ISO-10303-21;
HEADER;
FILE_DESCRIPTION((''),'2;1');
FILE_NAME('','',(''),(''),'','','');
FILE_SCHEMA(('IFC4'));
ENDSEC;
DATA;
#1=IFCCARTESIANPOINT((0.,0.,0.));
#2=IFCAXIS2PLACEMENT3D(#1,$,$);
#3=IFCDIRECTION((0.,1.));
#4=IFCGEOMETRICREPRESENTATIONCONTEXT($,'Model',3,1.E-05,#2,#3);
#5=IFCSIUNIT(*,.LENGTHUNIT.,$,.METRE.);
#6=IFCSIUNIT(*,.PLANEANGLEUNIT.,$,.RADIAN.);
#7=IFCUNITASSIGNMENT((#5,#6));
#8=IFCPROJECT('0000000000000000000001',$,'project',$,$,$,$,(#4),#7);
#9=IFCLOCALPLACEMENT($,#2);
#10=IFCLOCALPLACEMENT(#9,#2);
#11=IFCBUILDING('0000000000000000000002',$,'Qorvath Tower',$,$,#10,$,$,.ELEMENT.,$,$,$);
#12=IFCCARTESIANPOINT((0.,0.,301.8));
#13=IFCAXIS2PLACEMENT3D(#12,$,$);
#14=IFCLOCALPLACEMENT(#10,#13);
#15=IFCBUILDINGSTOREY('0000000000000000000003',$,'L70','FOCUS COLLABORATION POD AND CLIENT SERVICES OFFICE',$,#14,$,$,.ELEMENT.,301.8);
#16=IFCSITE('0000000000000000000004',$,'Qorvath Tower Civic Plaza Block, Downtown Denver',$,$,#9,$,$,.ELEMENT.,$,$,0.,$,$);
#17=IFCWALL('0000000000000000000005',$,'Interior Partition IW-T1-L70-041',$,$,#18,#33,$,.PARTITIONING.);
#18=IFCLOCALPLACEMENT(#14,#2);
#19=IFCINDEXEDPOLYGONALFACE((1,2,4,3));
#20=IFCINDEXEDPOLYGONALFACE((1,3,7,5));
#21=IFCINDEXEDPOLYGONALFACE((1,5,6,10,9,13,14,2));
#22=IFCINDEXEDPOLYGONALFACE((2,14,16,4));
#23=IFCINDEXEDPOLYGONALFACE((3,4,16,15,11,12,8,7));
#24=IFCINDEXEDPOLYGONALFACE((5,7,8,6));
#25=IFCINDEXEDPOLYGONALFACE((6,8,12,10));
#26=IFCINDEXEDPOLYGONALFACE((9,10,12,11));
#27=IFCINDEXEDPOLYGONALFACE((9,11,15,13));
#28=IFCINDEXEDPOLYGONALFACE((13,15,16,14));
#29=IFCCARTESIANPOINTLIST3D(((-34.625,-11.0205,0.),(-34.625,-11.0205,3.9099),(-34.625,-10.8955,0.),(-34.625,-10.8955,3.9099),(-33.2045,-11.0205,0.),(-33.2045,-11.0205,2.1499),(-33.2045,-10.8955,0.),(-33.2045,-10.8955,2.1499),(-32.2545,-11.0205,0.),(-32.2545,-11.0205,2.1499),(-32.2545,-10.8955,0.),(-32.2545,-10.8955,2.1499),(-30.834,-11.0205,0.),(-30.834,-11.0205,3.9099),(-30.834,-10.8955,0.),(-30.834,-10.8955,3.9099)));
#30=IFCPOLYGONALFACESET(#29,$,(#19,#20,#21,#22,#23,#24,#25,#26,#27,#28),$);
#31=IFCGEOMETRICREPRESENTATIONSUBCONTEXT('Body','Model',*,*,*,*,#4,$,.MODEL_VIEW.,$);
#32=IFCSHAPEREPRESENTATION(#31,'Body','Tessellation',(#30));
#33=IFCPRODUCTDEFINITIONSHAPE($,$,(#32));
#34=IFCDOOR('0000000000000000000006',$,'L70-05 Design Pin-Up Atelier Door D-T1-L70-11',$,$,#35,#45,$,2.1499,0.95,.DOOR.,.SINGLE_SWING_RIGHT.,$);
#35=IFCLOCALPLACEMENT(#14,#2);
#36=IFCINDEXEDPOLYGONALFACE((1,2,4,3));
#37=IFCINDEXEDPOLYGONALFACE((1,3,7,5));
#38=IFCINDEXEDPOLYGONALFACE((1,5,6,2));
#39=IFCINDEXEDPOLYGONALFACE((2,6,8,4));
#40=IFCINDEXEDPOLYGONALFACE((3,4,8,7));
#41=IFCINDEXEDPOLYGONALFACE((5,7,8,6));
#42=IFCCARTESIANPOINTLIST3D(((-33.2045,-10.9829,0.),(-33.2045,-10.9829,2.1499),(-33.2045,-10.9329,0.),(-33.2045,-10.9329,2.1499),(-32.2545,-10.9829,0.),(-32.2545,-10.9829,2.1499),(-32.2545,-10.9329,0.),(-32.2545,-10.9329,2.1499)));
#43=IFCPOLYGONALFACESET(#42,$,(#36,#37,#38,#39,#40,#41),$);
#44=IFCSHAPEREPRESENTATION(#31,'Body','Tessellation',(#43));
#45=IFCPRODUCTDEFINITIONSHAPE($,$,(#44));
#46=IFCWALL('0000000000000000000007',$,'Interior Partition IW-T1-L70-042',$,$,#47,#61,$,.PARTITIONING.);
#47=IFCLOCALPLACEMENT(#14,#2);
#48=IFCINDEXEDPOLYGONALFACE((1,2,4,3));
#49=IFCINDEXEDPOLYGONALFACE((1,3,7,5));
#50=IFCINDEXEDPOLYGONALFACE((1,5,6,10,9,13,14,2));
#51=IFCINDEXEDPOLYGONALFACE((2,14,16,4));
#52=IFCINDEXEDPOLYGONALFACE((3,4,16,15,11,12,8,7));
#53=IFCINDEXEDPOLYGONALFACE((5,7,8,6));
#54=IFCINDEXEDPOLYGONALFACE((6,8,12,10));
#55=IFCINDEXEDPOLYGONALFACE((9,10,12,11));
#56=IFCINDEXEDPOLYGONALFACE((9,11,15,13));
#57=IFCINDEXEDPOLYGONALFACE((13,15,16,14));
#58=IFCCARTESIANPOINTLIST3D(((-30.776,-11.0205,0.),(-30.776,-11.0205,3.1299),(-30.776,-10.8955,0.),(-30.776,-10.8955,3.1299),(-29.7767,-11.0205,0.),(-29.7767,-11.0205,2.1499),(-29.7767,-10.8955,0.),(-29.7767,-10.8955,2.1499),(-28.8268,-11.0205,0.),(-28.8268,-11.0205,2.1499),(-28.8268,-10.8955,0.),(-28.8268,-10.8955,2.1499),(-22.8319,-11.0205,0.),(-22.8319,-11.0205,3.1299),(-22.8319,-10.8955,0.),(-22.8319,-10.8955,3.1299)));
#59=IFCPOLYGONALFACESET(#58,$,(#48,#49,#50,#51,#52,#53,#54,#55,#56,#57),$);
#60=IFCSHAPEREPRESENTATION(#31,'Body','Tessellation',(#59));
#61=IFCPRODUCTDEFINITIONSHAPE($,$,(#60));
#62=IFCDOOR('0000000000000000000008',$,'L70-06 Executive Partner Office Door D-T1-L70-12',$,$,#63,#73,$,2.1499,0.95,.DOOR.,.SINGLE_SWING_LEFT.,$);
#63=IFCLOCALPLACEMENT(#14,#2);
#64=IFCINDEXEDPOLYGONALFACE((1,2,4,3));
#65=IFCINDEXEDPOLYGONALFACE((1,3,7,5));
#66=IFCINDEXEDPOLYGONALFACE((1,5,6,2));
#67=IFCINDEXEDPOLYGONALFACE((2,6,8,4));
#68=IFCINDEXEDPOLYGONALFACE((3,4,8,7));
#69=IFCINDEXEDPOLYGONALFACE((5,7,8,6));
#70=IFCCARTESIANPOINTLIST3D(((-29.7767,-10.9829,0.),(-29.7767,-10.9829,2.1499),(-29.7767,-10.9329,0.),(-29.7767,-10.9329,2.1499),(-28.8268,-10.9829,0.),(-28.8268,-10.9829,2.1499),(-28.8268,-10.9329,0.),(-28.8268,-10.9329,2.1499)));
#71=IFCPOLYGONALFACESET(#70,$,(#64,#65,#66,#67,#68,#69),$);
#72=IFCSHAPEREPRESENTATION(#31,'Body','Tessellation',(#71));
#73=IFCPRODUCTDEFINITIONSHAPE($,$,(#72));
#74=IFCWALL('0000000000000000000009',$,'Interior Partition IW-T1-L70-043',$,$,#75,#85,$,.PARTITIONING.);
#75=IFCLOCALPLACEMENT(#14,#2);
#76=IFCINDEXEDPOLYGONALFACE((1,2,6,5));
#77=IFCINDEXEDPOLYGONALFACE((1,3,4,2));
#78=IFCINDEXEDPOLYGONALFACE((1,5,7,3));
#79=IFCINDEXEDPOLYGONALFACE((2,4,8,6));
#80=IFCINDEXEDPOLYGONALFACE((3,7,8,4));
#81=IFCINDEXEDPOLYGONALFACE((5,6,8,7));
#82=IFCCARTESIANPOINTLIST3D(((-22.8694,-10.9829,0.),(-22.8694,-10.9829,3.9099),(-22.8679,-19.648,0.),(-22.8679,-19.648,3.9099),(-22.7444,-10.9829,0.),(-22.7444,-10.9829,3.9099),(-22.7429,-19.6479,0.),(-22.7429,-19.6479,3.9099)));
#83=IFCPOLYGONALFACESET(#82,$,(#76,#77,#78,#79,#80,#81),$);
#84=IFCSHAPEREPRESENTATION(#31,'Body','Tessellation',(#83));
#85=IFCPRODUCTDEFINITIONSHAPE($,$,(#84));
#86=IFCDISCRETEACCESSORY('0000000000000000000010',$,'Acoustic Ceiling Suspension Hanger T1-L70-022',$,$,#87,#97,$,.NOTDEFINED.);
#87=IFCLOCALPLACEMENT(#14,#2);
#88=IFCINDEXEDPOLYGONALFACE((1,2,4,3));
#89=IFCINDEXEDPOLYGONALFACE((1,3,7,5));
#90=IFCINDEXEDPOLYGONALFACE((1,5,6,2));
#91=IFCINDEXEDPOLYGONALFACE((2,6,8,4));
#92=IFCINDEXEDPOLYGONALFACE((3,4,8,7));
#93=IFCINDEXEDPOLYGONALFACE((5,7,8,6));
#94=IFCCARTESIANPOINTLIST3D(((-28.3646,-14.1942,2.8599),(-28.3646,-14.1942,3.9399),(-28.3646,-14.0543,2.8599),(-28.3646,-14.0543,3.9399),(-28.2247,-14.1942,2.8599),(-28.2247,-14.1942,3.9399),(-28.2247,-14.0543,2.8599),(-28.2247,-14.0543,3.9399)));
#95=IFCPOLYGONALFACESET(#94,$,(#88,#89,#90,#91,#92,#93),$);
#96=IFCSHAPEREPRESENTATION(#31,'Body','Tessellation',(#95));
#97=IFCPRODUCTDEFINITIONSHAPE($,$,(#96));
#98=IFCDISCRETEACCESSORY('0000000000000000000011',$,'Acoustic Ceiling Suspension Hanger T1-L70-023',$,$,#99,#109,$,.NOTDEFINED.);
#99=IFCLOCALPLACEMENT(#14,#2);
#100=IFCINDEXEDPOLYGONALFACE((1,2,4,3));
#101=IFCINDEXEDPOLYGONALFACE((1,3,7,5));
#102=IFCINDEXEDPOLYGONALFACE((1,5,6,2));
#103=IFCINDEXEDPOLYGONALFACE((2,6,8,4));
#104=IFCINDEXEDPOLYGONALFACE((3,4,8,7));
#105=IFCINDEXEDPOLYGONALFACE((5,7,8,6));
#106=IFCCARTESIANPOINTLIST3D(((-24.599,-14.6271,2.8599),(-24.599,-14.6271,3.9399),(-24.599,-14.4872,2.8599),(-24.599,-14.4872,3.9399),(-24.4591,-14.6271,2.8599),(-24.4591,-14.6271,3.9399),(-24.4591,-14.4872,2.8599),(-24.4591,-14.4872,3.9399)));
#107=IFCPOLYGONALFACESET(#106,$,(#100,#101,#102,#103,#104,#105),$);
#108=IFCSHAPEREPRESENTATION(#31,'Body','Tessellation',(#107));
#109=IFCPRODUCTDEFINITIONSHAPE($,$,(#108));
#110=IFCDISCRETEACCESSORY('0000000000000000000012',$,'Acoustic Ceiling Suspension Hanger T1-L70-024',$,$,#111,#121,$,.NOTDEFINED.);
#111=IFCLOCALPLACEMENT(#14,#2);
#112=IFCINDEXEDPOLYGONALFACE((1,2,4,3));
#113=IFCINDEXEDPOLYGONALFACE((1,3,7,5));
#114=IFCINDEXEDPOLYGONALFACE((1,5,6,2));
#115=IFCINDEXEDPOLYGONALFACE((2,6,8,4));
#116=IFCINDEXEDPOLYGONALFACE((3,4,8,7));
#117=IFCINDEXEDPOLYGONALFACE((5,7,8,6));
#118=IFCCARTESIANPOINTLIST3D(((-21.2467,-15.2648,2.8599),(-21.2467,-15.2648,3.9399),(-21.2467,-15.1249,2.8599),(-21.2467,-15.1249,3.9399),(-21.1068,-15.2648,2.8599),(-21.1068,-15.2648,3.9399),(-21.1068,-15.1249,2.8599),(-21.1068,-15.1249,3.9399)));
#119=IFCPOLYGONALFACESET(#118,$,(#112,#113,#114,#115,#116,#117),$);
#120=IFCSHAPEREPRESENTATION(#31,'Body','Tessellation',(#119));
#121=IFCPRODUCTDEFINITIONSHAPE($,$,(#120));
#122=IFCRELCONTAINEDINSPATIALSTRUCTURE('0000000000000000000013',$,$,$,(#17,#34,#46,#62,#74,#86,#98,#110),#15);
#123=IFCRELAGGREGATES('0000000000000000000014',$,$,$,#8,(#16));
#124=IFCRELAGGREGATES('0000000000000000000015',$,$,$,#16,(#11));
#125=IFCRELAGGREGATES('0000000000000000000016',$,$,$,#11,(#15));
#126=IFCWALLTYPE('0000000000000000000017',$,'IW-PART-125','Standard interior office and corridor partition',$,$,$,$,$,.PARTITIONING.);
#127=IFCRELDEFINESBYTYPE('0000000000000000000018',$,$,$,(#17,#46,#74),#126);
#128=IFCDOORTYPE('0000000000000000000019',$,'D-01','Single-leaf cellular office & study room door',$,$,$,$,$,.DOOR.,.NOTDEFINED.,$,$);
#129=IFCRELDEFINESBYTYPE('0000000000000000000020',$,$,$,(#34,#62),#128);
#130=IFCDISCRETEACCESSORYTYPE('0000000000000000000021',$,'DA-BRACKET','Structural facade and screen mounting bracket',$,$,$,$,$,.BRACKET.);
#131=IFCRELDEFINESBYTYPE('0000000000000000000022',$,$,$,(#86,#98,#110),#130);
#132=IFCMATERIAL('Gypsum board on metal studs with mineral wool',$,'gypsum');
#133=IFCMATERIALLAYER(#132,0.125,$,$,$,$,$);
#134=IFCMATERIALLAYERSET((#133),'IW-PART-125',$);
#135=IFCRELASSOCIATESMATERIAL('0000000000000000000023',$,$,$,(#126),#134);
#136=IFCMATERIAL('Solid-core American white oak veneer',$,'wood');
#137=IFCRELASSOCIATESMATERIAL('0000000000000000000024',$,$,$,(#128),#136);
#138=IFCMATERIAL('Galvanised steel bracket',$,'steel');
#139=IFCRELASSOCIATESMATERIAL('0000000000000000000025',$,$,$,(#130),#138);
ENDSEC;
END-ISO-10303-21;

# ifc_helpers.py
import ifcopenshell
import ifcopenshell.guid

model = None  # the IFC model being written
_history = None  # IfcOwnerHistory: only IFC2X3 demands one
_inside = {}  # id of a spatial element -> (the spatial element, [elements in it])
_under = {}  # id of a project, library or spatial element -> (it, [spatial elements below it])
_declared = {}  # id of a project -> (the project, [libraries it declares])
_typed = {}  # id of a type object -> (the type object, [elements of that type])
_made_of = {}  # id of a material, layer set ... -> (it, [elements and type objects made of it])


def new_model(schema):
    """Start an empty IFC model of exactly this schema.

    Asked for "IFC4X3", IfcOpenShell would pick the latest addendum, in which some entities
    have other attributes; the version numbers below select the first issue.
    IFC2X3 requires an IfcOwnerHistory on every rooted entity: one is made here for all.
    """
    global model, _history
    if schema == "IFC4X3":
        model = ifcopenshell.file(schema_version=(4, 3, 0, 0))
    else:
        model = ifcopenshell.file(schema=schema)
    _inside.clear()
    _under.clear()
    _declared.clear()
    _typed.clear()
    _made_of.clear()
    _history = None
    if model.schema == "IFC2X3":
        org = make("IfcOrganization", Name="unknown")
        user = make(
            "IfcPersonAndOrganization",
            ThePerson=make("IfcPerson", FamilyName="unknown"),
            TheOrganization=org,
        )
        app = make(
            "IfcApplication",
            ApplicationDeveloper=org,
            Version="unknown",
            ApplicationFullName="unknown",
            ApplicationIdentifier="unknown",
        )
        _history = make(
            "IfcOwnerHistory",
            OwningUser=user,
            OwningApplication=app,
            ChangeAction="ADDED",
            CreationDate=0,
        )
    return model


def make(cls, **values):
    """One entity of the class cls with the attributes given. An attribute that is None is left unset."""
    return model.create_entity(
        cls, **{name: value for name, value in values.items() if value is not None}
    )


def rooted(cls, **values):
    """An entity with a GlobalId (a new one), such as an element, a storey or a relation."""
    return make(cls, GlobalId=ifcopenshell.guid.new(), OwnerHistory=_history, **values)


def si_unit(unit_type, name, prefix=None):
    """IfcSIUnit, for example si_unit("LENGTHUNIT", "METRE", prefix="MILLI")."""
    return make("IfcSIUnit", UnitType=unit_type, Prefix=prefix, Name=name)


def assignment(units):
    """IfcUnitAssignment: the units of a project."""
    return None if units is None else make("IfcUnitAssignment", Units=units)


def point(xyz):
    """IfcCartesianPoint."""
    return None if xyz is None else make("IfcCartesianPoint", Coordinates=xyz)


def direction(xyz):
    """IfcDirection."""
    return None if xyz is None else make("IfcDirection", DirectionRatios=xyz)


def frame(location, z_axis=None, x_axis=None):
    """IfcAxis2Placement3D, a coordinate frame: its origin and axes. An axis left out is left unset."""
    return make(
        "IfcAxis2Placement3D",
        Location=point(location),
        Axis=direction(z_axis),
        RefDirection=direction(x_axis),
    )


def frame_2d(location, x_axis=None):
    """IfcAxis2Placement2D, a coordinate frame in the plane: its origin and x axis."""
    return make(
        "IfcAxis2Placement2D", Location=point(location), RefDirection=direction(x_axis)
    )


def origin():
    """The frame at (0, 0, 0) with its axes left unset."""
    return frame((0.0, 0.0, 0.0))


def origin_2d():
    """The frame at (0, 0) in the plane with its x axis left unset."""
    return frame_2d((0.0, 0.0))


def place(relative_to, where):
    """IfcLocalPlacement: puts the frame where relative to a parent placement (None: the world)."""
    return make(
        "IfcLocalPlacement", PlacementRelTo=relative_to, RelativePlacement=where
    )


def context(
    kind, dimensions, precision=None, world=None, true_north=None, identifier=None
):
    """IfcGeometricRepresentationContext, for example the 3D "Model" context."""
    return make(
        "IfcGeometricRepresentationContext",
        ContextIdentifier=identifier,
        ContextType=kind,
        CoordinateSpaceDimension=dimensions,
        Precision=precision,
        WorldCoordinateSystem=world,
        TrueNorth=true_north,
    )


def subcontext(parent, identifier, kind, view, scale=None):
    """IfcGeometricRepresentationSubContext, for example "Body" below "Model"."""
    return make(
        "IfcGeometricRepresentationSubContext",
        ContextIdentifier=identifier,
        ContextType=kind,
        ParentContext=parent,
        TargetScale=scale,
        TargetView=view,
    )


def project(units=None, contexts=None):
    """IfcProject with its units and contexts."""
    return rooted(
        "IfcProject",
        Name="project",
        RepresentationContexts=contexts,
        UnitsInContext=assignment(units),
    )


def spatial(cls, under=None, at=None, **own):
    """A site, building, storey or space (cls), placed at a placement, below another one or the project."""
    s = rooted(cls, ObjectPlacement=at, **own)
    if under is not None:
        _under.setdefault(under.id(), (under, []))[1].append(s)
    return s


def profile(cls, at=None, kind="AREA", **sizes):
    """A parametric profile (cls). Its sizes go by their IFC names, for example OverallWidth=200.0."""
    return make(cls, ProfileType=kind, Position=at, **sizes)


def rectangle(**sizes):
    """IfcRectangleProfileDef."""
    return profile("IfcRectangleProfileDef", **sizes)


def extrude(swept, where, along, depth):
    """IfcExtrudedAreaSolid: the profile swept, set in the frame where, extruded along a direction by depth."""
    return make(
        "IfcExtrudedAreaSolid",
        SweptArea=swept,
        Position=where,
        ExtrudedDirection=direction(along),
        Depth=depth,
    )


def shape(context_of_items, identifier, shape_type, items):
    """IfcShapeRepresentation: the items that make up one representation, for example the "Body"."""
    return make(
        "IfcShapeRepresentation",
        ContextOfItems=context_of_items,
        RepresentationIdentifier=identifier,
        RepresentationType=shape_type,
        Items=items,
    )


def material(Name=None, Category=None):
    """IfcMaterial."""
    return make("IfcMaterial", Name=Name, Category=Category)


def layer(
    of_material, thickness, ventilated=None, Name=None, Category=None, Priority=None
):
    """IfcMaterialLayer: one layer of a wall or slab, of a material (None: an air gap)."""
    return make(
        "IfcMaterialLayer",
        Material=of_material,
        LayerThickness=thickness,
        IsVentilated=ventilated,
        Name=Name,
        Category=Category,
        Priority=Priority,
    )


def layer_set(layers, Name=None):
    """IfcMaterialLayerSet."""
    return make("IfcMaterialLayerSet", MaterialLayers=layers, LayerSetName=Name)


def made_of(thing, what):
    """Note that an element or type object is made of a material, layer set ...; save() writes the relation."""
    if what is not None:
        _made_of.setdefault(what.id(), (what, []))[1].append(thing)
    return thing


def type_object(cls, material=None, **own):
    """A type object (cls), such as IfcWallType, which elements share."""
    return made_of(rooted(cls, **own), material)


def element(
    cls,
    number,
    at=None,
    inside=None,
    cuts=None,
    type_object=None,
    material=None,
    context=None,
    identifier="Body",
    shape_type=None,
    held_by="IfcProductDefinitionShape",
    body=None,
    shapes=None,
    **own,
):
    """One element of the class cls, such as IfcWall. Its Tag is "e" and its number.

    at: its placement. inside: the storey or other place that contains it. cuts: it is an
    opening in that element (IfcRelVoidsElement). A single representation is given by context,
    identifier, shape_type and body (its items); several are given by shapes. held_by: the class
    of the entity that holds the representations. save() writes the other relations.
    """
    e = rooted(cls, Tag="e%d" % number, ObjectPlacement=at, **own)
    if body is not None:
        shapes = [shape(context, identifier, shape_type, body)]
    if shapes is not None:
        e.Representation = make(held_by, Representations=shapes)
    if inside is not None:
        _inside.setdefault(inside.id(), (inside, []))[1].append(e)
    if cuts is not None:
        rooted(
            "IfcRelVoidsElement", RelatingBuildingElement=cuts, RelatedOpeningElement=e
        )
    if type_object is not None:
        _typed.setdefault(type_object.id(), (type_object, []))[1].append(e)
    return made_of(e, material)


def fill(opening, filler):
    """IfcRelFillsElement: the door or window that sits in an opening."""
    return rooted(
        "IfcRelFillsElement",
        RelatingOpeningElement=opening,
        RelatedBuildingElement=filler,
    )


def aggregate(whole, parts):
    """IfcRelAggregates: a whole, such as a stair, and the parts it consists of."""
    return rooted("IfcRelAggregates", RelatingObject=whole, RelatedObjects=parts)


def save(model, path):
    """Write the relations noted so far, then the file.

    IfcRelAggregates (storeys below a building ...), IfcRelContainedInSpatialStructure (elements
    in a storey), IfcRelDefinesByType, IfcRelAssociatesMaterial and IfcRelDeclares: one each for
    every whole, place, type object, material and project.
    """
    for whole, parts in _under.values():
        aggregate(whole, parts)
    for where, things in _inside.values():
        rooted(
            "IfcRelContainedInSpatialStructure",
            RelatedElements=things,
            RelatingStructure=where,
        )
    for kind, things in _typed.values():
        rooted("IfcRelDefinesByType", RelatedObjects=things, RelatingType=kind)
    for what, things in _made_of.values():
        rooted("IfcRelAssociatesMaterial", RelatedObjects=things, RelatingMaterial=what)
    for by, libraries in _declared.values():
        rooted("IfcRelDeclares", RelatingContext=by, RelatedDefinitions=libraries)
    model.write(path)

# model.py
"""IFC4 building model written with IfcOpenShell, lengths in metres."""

from ifc_helpers import new_model, si_unit, direction, frame, frame_2d, origin, origin_2d, place, context, subcontext, project, spatial, rectangle, extrude, material, layer, layer_set, type_object, element, fill, save


model = new_model("IFC4")

# Units and contexts
model_context = context("Model", 3, precision=1e-05, world=origin(), true_north=direction((0.0, 1.0)))
body_context = subcontext(model_context, "Body", "Model", "MODEL_VIEW")
ifc_project = project(units=[si_unit("LENGTHUNIT", "METRE"), si_unit("PLANEANGLEUNIT", "RADIAN")], contexts=[model_context])

# Site, building, storey
site_placement = place(None, origin())
site = spatial("IfcSite", under=ifc_project, at=site_placement, Name="Qorvath Tower Civic Plaza Block, Downtown Denver", CompositionType="ELEMENT", RefElevation=0.0)
building_placement = place(site_placement, origin())
building = spatial("IfcBuilding", under=site, at=building_placement, Name="Qorvath Tower", CompositionType="ELEMENT")
storey_placement = place(building_placement, frame((0.0, 0.0, 301.8)))
storey = spatial("IfcBuildingStorey", under=building, at=storey_placement, Name="L70", Description="FOCUS COLLABORATION POD AND CLIENT SERVICES OFFICE", CompositionType="ELEMENT", Elevation=301.8)

# Shared definitions
ifc_material_1 = material(Name="Gypsum board on metal studs with mineral wool", Category="gypsum")
ifc_layer_1 = layer(ifc_material_1, 0.125)
ifc_layer_set_1 = layer_set([ifc_layer_1], Name="IW-PART-125")
wall_type_1 = type_object("IfcWallType", Name="IW-PART-125", Description="Standard interior office and corridor partition", PredefinedType="PARTITIONING", material=ifc_layer_set_1)

# Walls, openings, doors
wall_1_placement = place(storey_placement, frame((-30.834, -10.958, 0.0), z_axis=(0.0, 0.0, 1.0), x_axis=(-1.0, 0.0, 0.0)))
wall_1 = element("IfcWall", 1, at=wall_1_placement, inside=storey, type_object=wall_type_1, Name="Interior Partition IW-T1-L70-041", PredefinedType="PARTITIONING", context=body_context, shape_type="SweptSolid", body=[
    extrude(rectangle(XDim=3.791, YDim=0.125, at=frame_2d((1.8955, 0.0))), origin(), (0.0, 0.0, 1.0), 3.9099),
])
opening_1_placement = place(wall_1_placement, frame((1.4204, 0.0, 0.0)))
opening_1 = element("IfcOpeningElement", 2, at=opening_1_placement, cuts=wall_1, PredefinedType="OPENING", context=body_context, shape_type="SweptSolid", body=[
    extrude(rectangle(XDim=0.95, YDim=2.1499, at=frame_2d((0.4751, 1.075))), frame((0.0, 0.0725, 0.0), z_axis=(0.0, -1.0, 0.0), x_axis=(1.0, 0.0, 0.0)), (0.0, 0.0, 1.0), 0.145),
])
ifc_material_2 = material(Name="Solid-core American white oak veneer", Category="wood")
door_type_1 = type_object("IfcDoorType", Name="D-01", Description="Single-leaf cellular office & study room door", OperationType="NOTDEFINED", PredefinedType="DOOR", material=ifc_material_2)
door_1_placement = place(opening_1_placement, origin())
door_1 = element("IfcDoor", 3, at=door_1_placement, inside=storey, type_object=door_type_1, Name="L70-05 Design Pin-Up Atelier Door D-T1-L70-11", OperationType="SINGLE_SWING_RIGHT", OverallHeight=2.1499, OverallWidth=0.95, PredefinedType="DOOR", context=body_context, shape_type="SweptSolid", body=[
    extrude(rectangle(XDim=0.95, YDim=2.1499, at=frame_2d((0.4751, 1.075))), frame((0.0, 0.0249, 0.0), z_axis=(0.0, -1.0, 0.0), x_axis=(1.0, 0.0, 0.0)), (0.0, 0.0, 1.0), 0.05),
])
fill(opening_1, door_1)
wall_2_placement = place(storey_placement, frame((-22.8318, -10.958, 0.0), z_axis=(0.0, 0.0, 1.0), x_axis=(-1.0, 0.0, 0.0)))
wall_2 = element("IfcWall", 4, at=wall_2_placement, inside=storey, type_object=wall_type_1, Name="Interior Partition IW-T1-L70-042", PredefinedType="PARTITIONING", context=body_context, shape_type="SweptSolid", body=[
    extrude(rectangle(XDim=7.9441, YDim=0.125, at=frame_2d((3.9722, 0.0))), origin(), (0.0, 0.0, 1.0), 3.1299),
])
opening_2_placement = place(wall_2_placement, frame((5.9949, 0.0, 0.0)))
opening_2 = element("IfcOpeningElement", 5, at=opening_2_placement, cuts=wall_2, PredefinedType="OPENING", context=body_context, shape_type="SweptSolid", body=[
    extrude(rectangle(XDim=0.95, YDim=2.1499, at=frame_2d((0.4751, 1.075))), frame((0.0, 0.0725, 0.0), z_axis=(0.0, -1.0, 0.0), x_axis=(1.0, 0.0, 0.0)), (0.0, 0.0, 1.0), 0.145),
])
door_2_placement = place(opening_2_placement, origin())
door_2 = element("IfcDoor", 6, at=door_2_placement, inside=storey, type_object=door_type_1, Name="L70-06 Executive Partner Office Door D-T1-L70-12", OperationType="SINGLE_SWING_LEFT", OverallHeight=2.1499, OverallWidth=0.95, PredefinedType="DOOR", context=body_context, shape_type="SweptSolid", body=[
    extrude(rectangle(XDim=0.95, YDim=2.1499, at=frame_2d((0.4751, 1.075))), frame((0.0, 0.0249, 0.0), z_axis=(0.0, -1.0, 0.0), x_axis=(1.0, 0.0, 0.0)), (0.0, 0.0, 1.0), 0.05),
])
fill(opening_2, door_2)

# Wall
wall_3_placement = place(storey_placement, frame((-22.8054, -19.6479, 0.0), z_axis=(0.0, 0.0, 1.0), x_axis=(-0.000169, 1.0, 0.0)))
element("IfcWall", 7, at=wall_3_placement, inside=storey, type_object=wall_type_1, Name="Interior Partition IW-T1-L70-043", PredefinedType="PARTITIONING", context=body_context, shape_type="SweptSolid", body=[
    extrude(rectangle(XDim=8.665, YDim=0.125, at=frame_2d((4.3325, 0.0))), origin(), (0.0, 0.0, 1.0), 3.9099),
])

# Discrete accessories
ifc_material_3 = material(Name="Galvanised steel bracket", Category="steel")
discrete_accessory_type = type_object("IfcDiscreteAccessoryType", Name="DA-BRACKET", Description="Structural facade and screen mounting bracket", PredefinedType="BRACKET", material=ifc_material_3)
for number, where, z_axis, x_axis, name in (
    (8, (-28.2947, -14.1243, 2.8599), (0.0, 0.0, 1.0), (1.0, 0.0, 0.0), "Acoustic Ceiling Suspension Hanger T1-L70-022"),
    (9, (-24.5291, -14.5571, 2.8599), (0.0, 0.0, 1.0), (1.0, 0.0, 0.0), "Acoustic Ceiling Suspension Hanger T1-L70-023"),
    (10, (-21.1768, -15.1948, 2.8599), (0.0, 0.0, 1.0), (1.0, 0.0, 0.0), "Acoustic Ceiling Suspension Hanger T1-L70-024"),
):
    element("IfcDiscreteAccessory", number, at=place(storey_placement, frame(where, z_axis=z_axis, x_axis=x_axis)), inside=storey, type_object=discrete_accessory_type, Name=name, PredefinedType="NOTDEFINED", context=body_context, shape_type="SweptSolid", body=[
        extrude(rectangle(XDim=0.1399, YDim=0.1399, at=origin_2d()), origin(), (0.0, 0.0, 1.0), 1.0801),
    ])

save(model, "model.ifc")
